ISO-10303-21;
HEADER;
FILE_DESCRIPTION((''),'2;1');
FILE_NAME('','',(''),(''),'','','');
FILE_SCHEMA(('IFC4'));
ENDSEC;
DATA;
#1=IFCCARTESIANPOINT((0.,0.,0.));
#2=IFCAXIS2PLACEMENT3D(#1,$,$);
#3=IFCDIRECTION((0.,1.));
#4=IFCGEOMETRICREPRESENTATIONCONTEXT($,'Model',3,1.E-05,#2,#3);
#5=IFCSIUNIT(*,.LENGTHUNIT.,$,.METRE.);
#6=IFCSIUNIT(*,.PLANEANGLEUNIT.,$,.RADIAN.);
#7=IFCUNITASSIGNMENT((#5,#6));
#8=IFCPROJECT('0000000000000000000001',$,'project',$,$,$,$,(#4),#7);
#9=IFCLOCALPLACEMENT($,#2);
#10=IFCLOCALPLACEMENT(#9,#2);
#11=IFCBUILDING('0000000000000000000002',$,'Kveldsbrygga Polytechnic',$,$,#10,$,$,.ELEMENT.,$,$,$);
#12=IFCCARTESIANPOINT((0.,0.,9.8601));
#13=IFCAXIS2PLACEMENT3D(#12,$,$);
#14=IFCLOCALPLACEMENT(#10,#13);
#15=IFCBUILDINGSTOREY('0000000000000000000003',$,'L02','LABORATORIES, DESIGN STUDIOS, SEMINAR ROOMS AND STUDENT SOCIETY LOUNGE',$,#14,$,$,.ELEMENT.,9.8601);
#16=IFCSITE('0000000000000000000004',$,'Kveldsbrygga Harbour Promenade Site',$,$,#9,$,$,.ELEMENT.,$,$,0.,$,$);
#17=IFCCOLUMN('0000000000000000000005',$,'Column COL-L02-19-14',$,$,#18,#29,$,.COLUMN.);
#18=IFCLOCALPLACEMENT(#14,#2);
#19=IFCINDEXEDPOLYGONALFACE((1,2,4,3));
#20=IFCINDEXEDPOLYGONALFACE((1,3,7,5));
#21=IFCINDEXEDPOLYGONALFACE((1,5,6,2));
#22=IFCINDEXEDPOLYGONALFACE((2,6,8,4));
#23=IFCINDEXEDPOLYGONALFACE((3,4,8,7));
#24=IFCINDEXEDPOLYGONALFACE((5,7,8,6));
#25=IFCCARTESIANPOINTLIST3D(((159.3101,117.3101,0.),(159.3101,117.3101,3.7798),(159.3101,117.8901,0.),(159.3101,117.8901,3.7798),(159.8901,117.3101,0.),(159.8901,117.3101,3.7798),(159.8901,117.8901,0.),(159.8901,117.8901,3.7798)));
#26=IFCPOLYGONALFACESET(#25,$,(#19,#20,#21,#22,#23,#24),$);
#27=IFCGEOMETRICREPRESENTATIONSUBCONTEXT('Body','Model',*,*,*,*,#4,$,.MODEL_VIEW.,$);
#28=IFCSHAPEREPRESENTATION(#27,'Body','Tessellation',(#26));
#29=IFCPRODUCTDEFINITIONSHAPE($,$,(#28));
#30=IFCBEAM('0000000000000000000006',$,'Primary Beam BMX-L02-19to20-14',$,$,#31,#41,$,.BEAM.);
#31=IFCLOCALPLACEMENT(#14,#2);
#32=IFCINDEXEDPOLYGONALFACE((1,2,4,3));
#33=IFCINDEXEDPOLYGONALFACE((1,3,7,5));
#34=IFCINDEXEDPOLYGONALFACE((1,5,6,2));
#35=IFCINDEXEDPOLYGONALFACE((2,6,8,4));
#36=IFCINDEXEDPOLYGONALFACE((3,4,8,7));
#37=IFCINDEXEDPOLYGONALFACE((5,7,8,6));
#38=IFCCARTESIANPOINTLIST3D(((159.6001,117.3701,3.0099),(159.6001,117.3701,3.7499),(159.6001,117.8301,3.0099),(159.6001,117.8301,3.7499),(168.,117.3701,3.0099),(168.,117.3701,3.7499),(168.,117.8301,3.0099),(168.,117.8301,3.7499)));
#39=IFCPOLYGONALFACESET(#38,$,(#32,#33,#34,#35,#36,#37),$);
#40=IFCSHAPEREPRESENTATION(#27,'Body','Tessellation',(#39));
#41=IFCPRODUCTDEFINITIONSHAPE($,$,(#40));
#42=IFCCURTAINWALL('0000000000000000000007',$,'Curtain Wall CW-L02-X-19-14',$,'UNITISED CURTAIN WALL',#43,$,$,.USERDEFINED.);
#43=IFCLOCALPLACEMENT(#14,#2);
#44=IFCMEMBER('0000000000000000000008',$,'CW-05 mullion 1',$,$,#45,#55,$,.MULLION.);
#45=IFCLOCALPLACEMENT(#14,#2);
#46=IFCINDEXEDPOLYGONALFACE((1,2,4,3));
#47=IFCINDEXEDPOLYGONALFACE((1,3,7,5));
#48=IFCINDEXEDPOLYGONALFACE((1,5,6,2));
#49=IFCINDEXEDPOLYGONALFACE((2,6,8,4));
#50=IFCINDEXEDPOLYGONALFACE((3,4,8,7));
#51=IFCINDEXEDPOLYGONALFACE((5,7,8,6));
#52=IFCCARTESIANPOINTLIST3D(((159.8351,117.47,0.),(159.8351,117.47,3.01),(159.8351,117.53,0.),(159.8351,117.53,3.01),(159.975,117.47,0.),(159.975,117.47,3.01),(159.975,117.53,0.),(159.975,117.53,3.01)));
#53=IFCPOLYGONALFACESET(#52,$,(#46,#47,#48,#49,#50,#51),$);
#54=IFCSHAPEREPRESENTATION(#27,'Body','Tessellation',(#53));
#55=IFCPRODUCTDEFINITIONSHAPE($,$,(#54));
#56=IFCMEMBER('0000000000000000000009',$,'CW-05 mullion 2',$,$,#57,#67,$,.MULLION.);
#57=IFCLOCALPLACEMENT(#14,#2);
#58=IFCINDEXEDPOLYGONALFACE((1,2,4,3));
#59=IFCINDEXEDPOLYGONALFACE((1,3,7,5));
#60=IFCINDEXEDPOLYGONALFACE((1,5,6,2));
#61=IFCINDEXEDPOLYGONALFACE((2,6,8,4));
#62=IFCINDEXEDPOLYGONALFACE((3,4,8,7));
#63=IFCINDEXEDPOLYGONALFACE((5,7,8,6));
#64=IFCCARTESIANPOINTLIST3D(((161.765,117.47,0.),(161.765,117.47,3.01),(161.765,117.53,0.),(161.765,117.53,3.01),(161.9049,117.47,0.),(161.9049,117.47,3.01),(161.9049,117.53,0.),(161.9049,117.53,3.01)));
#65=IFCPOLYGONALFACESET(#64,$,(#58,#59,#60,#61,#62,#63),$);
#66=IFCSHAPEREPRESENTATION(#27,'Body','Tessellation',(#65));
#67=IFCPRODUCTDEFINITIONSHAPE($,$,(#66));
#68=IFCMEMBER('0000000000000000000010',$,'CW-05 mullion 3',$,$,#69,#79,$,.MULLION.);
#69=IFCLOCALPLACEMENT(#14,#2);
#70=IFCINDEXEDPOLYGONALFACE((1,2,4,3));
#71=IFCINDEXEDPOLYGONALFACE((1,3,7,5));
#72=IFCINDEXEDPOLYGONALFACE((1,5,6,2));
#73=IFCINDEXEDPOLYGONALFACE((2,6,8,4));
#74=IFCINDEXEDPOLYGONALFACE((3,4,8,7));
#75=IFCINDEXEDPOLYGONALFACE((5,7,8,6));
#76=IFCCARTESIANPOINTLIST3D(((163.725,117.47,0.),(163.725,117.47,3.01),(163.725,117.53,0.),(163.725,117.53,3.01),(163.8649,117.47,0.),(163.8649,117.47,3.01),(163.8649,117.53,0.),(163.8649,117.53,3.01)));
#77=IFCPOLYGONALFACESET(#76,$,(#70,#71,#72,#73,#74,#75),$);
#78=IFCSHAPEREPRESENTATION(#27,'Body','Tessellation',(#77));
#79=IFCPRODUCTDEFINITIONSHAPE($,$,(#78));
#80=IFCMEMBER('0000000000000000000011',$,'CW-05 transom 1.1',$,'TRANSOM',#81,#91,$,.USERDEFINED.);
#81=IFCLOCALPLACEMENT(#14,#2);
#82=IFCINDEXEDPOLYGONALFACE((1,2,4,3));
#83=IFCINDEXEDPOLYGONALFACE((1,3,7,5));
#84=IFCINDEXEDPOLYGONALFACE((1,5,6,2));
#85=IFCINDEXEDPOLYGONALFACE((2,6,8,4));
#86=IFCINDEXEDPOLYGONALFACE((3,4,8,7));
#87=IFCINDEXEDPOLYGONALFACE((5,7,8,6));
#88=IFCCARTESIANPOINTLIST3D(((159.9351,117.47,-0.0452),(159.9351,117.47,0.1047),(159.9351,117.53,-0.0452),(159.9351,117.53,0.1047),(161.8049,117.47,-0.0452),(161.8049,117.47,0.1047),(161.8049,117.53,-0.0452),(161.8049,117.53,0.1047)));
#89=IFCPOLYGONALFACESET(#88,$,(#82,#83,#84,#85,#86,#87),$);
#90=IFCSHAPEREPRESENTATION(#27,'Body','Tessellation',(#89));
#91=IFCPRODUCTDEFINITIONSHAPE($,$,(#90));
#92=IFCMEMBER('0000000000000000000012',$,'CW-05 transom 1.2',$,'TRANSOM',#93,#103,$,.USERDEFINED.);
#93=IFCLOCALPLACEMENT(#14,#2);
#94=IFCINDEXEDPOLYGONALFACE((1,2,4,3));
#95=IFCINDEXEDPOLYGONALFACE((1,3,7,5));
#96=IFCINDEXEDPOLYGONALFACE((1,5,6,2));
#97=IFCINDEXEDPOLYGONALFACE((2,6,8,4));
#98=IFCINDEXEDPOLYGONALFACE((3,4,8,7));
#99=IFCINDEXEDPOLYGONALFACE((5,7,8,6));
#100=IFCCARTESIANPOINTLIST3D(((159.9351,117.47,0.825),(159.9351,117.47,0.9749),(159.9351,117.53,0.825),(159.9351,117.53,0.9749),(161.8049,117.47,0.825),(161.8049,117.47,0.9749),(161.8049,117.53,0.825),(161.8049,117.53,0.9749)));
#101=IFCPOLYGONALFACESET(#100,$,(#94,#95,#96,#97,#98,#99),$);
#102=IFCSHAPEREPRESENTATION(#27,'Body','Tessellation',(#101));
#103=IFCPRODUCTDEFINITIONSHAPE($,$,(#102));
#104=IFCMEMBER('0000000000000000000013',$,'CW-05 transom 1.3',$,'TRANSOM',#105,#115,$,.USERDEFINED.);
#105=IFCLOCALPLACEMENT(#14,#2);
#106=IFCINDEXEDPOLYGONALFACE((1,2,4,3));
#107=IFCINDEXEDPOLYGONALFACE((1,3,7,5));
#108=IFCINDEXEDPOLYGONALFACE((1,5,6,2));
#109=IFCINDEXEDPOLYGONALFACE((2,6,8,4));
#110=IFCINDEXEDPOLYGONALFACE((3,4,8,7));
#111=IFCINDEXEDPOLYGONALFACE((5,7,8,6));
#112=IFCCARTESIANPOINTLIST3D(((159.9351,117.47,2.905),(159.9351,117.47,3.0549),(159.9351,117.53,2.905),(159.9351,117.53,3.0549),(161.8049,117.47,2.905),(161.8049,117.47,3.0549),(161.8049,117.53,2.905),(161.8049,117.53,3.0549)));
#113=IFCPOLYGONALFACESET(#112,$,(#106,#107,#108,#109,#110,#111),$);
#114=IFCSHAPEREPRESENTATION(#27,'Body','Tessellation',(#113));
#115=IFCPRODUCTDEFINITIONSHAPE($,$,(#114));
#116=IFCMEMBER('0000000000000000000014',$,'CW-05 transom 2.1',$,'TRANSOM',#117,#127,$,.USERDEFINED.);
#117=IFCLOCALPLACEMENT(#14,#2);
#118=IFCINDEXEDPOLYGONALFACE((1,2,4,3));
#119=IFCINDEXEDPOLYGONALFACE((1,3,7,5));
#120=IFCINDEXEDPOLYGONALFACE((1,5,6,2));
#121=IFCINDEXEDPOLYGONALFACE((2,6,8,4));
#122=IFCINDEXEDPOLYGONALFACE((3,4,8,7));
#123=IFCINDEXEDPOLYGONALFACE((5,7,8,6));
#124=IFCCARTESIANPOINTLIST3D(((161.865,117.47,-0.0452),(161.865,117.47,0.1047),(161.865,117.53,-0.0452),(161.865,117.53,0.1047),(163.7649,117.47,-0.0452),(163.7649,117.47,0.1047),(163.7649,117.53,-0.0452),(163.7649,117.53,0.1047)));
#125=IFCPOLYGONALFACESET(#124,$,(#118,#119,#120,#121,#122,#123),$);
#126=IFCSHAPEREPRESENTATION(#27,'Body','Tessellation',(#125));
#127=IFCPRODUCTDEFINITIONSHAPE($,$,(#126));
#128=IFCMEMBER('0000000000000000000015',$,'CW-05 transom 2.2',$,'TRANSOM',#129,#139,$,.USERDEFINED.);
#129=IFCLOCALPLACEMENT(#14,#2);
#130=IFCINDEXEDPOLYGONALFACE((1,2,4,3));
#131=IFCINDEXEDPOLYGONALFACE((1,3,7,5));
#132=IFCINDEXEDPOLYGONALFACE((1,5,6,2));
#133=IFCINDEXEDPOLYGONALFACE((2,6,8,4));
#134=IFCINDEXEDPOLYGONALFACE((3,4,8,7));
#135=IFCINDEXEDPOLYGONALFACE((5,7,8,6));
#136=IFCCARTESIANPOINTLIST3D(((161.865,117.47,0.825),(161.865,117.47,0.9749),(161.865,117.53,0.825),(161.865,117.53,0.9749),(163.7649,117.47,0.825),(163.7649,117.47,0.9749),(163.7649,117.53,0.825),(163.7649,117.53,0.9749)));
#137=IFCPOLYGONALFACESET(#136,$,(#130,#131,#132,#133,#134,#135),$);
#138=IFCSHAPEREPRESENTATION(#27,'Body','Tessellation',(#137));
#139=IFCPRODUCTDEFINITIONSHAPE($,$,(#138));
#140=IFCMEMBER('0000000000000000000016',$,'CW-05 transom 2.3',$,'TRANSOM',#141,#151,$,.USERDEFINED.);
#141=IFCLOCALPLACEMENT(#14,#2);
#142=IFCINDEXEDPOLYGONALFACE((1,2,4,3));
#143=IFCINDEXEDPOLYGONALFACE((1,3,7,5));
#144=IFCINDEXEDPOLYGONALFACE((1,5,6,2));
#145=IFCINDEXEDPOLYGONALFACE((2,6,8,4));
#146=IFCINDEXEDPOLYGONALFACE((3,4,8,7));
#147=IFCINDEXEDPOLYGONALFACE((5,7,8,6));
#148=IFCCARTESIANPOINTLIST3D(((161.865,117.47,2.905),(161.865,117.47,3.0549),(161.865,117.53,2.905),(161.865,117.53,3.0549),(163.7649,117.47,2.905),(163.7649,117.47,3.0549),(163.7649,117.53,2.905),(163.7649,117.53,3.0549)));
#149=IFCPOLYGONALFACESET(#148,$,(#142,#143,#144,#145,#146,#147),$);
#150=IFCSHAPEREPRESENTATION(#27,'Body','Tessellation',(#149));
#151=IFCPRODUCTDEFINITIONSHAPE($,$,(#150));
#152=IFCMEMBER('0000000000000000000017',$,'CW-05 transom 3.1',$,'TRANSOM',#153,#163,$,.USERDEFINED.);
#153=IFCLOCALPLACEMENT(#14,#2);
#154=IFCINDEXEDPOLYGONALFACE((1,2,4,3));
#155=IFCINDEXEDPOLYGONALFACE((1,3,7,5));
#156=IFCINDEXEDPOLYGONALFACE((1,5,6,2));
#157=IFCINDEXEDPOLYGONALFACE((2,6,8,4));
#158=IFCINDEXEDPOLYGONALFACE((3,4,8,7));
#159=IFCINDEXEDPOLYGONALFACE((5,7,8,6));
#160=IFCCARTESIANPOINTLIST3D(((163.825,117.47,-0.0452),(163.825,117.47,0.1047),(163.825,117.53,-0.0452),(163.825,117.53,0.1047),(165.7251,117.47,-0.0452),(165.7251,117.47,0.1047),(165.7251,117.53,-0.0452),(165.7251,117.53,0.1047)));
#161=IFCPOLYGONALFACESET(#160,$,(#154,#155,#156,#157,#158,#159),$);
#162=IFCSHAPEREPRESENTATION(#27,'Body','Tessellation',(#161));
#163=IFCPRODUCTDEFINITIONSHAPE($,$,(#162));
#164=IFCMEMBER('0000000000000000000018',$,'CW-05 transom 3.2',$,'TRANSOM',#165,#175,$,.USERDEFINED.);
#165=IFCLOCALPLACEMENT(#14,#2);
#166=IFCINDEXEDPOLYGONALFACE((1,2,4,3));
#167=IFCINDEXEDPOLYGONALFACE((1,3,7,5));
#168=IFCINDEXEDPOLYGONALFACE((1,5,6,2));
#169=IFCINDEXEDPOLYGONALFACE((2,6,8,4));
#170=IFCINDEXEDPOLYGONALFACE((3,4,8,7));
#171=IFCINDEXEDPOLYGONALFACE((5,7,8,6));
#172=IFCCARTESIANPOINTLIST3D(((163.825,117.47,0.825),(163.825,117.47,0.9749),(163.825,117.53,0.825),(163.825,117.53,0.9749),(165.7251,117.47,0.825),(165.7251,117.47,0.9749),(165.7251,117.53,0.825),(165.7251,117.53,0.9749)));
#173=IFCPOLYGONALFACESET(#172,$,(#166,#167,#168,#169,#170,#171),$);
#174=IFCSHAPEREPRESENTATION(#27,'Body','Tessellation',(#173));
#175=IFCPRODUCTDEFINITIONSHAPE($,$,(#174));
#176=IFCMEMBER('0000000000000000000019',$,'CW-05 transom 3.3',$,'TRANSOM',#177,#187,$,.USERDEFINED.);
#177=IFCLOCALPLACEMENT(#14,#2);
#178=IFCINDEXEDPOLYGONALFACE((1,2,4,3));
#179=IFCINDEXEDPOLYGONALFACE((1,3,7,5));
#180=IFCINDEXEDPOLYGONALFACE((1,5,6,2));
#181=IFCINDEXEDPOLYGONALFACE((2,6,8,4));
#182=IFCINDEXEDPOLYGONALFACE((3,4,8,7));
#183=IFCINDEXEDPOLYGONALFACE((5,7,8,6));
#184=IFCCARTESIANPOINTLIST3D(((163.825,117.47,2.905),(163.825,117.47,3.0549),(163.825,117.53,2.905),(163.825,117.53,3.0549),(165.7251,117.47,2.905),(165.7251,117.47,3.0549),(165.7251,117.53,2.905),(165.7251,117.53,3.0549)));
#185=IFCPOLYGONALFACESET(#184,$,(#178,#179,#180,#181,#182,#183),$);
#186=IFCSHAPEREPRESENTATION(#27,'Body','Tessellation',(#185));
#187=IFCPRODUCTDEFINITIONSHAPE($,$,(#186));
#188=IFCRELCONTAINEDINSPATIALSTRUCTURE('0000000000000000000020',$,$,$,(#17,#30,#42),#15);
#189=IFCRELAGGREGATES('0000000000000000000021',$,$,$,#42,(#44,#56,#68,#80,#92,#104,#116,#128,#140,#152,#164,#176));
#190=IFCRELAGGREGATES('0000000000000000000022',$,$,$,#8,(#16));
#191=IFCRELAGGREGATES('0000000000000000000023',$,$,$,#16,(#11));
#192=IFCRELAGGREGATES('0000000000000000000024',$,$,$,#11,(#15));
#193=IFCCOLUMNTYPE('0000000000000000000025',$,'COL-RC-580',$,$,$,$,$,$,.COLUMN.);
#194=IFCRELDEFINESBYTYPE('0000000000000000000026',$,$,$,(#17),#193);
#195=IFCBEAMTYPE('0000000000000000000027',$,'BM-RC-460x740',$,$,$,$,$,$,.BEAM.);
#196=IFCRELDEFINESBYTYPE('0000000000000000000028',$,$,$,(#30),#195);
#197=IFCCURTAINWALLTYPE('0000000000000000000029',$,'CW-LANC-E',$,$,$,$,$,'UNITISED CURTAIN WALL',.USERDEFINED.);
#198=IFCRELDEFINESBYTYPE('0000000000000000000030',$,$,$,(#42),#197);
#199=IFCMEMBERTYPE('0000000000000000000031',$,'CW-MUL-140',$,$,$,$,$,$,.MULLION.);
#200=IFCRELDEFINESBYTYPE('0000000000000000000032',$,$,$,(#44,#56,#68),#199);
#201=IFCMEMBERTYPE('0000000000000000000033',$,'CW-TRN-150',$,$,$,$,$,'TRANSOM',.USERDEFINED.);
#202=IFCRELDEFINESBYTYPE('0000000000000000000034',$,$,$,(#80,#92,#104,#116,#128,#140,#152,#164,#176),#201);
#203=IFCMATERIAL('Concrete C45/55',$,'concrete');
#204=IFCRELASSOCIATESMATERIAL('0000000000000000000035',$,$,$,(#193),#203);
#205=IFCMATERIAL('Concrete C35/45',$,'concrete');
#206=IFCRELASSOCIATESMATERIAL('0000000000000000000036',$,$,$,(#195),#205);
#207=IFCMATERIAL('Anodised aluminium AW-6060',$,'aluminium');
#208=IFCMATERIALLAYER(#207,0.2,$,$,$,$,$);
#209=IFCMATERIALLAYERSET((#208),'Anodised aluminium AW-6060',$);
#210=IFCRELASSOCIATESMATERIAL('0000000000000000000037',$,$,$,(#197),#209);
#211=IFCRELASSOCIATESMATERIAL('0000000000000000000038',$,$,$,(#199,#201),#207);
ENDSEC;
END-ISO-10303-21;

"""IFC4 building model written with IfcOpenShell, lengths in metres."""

from ifc_helpers import new_model, si_unit, direction, frame, origin, origin_2d, place, context, subcontext, project, spatial, rectangle, extrude, material, layer, layer_set, material_profile, profile_set, type_object, element, aggregate, save


model = new_model("IFC4")

# Units and contexts
model_context = context("Model", 3, precision=1e-05, world=origin(), true_north=direction((0.0, 1.0)))
body_context = subcontext(model_context, "Body", "Model", "MODEL_VIEW")
ifc_project = project(units=[si_unit("LENGTHUNIT", "METRE"), si_unit("PLANEANGLEUNIT", "RADIAN")], contexts=[model_context])

# Site, building, storey
site_placement = place(None, origin())
site = spatial("IfcSite", under=ifc_project, at=site_placement, Name="Kveldsbrygga Harbour Promenade Site", CompositionType="ELEMENT", RefElevation=0.0)
building_placement = place(site_placement, origin())
building = spatial("IfcBuilding", under=site, at=building_placement, Name="Kveldsbrygga Polytechnic", CompositionType="ELEMENT")
storey_placement = place(building_placement, frame((0.0, 0.0, 9.8601)))
storey = spatial("IfcBuildingStorey", under=building, at=storey_placement, Name="L02", Description="LABORATORIES, DESIGN STUDIOS, SEMINAR ROOMS AND STUDENT SOCIETY LOUNGE", CompositionType="ELEMENT", Elevation=9.8601)

# Column
ifc_material_1 = material(Name="Concrete C45/55", Category="concrete")
ifc_material_profile_1 = material_profile(ifc_material_1, rectangle(XDim=0.5801, YDim=0.5801, at=origin_2d()), Name="RC 580x580")
ifc_profile_set_1 = profile_set([ifc_material_profile_1], Name="Concrete C45/55")
column_type = type_object("IfcColumnType", Name="COL-RC-580", PredefinedType="COLUMN", material=ifc_profile_set_1)
column_placement = place(storey_placement, frame((159.6001, 117.6001, 0.0), z_axis=(0.0, 0.0, 1.0), x_axis=(1.0, 0.0, 0.0)))
element("IfcColumn", 1, at=column_placement, inside=storey, type_object=column_type, Name="Column COL-L02-19-14", PredefinedType="COLUMN", context=body_context, shape_type="SweptSolid", body=[
    extrude(rectangle(XDim=0.5801, YDim=0.5801, at=origin_2d()), origin(), (0.0, 0.0, 1.0), 3.7798),
])

# Beam
ifc_material_2 = material(Name="Concrete C35/45", Category="concrete")
ifc_material_profile_2 = material_profile(ifc_material_2, rectangle(XDim=0.46, YDim=0.74, at=origin_2d()), Name="RC 460x740")
ifc_profile_set_2 = profile_set([ifc_material_profile_2], Name="Concrete C35/45")
beam_type_1 = type_object("IfcBeamType", Name="BM-RC-460x740", PredefinedType="BEAM", material=ifc_profile_set_2)
beam_1_placement = place(storey_placement, frame((159.6001, 117.6001, 3.3799), z_axis=(1.0, 0.0, 0.0), x_axis=(0.0, 1.0, 0.0)))
element("IfcBeam", 2, at=beam_1_placement, inside=storey, type_object=beam_type_1, Name="Primary Beam BMX-L02-19to20-14", PredefinedType="BEAM", context=body_context, shape_type="SweptSolid", body=[
    extrude(rectangle(XDim=0.46, YDim=0.74, at=origin_2d()), origin(), (0.0, 0.0, 1.0), 8.3999),
])

# Curtain wall, members
ifc_material_3 = material(Name="Anodised aluminium AW-6060", Category="aluminium")
ifc_layer_1 = layer(ifc_material_3, 0.2)
ifc_layer_set_1 = layer_set([ifc_layer_1], Name="Anodised aluminium AW-6060")
curtain_wall_type = type_object("IfcCurtainWallType", Name="CW-LANC-E", ElementType="UNITISED CURTAIN WALL", PredefinedType="USERDEFINED", material=ifc_layer_set_1)
curtain_wall_placement = place(storey_placement, origin())
curtain_wall = element("IfcCurtainWall", 3, at=curtain_wall_placement, inside=storey, type_object=curtain_wall_type, Name="Curtain Wall CW-L02-X-19-14", ObjectType="UNITISED CURTAIN WALL", PredefinedType="USERDEFINED")
ifc_material_profile_3 = material_profile(ifc_material_3, rectangle(XDim=0.0601, YDim=0.1399, at=origin_2d()), Name="ALU 60x140")
ifc_profile_set_3 = profile_set([ifc_material_profile_3], Name="Anodised aluminium AW-6060")
member_type_1 = type_object("IfcMemberType", Name="CW-MUL-140", PredefinedType="MULLION", material=ifc_profile_set_3)
member_1_placement = place(storey_placement, frame((159.905, 117.5, 0.0), z_axis=(0.0, 0.0, 1.0), x_axis=(0.0, 1.0, 0.0)))
member_1 = element("IfcMember", 4, at=member_1_placement, type_object=member_type_1, Name="CW-05 mullion 1", PredefinedType="MULLION", context=body_context, shape_type="SweptSolid", body=[
    extrude(rectangle(XDim=0.0601, YDim=0.1399, at=origin_2d()), origin(), (0.0, 0.0, 1.0), 3.01),
])
member_2_placement = place(storey_placement, frame((161.835, 117.5, 0.0), z_axis=(0.0, 0.0, 1.0), x_axis=(0.0, 1.0, 0.0)))
member_2 = element("IfcMember", 5, at=member_2_placement, type_object=member_type_1, Name="CW-05 mullion 2", PredefinedType="MULLION", context=body_context, shape_type="SweptSolid", body=[
    extrude(rectangle(XDim=0.0601, YDim=0.1399, at=origin_2d()), origin(), (0.0, 0.0, 1.0), 3.01),
])
member_3_placement = place(storey_placement, frame((163.7949, 117.5, 0.0), z_axis=(0.0, 0.0, 1.0), x_axis=(0.0, 1.0, 0.0)))
member_3 = element("IfcMember", 6, at=member_3_placement, type_object=member_type_1, Name="CW-05 mullion 3", PredefinedType="MULLION", context=body_context, shape_type="SweptSolid", body=[
    extrude(rectangle(XDim=0.0601, YDim=0.1399, at=origin_2d()), origin(), (0.0, 0.0, 1.0), 3.01),
])
ifc_material_profile_4 = material_profile(ifc_material_3, rectangle(XDim=0.0601, YDim=0.1499, at=origin_2d()), Name="ALU 60x150")
ifc_profile_set_4 = profile_set([ifc_material_profile_4], Name="Anodised aluminium AW-6060")
member_type_2 = type_object("IfcMemberType", Name="CW-TRN-150", ElementType="TRANSOM", PredefinedType="USERDEFINED", material=ifc_profile_set_4)
member_4_placement = place(storey_placement, frame((159.9351, 117.5, 0.0298), z_axis=(1.0, 0.0, 0.0), x_axis=(0.0, 1.0, 0.0)))
member_4 = element("IfcMember", 7, at=member_4_placement, type_object=member_type_2, Name="CW-05 transom 1.1", ObjectType="TRANSOM", PredefinedType="USERDEFINED", context=body_context, shape_type="SweptSolid", body=[
    extrude(rectangle(XDim=0.0601, YDim=0.1499, at=origin_2d()), origin(), (0.0, 0.0, 1.0), 1.8699),
])
member_5_placement = place(storey_placement, frame((159.9351, 117.5, 0.8999), z_axis=(1.0, 0.0, 0.0), x_axis=(0.0, 1.0, 0.0)))
member_5 = element("IfcMember", 8, at=member_5_placement, type_object=member_type_2, Name="CW-05 transom 1.2", ObjectType="TRANSOM", PredefinedType="USERDEFINED", context=body_context, shape_type="SweptSolid", body=[
    extrude(rectangle(XDim=0.0601, YDim=0.1499, at=origin_2d()), origin(), (0.0, 0.0, 1.0), 1.8699),
])
member_6_placement = place(storey_placement, frame((159.9351, 117.5, 2.98), z_axis=(1.0, 0.0, 0.0), x_axis=(0.0, 1.0, 0.0)))
member_6 = element("IfcMember", 9, at=member_6_placement, type_object=member_type_2, Name="CW-05 transom 1.3", ObjectType="TRANSOM", PredefinedType="USERDEFINED", context=body_context, shape_type="SweptSolid", body=[
    extrude(rectangle(XDim=0.0601, YDim=0.1499, at=origin_2d()), origin(), (0.0, 0.0, 1.0), 1.8699),
])
member_7_placement = place(storey_placement, frame((161.865, 117.5, 0.0298), z_axis=(1.0, 0.0, 0.0), x_axis=(0.0, 1.0, 0.0)))
member_7 = element("IfcMember", 10, at=member_7_placement, type_object=member_type_2, Name="CW-05 transom 2.1", ObjectType="TRANSOM", PredefinedType="USERDEFINED", context=body_context, shape_type="SweptSolid", body=[
    extrude(rectangle(XDim=0.0601, YDim=0.1499, at=origin_2d()), origin(), (0.0, 0.0, 1.0), 1.8999),
])
member_8_placement = place(storey_placement, frame((161.865, 117.5, 0.8999), z_axis=(1.0, 0.0, 0.0), x_axis=(0.0, 1.0, 0.0)))
member_8 = element("IfcMember", 11, at=member_8_placement, type_object=member_type_2, Name="CW-05 transom 2.2", ObjectType="TRANSOM", PredefinedType="USERDEFINED", context=body_context, shape_type="SweptSolid", body=[
    extrude(rectangle(XDim=0.0601, YDim=0.1499, at=origin_2d()), origin(), (0.0, 0.0, 1.0), 1.8999),
])
member_9_placement = place(storey_placement, frame((161.865, 117.5, 2.98), z_axis=(1.0, 0.0, 0.0), x_axis=(0.0, 1.0, 0.0)))
member_9 = element("IfcMember", 12, at=member_9_placement, type_object=member_type_2, Name="CW-05 transom 2.3", ObjectType="TRANSOM", PredefinedType="USERDEFINED", context=body_context, shape_type="SweptSolid", body=[
    extrude(rectangle(XDim=0.0601, YDim=0.1499, at=origin_2d()), origin(), (0.0, 0.0, 1.0), 1.8999),
])
member_10_placement = place(storey_placement, frame((163.825, 117.5, 0.0298), z_axis=(1.0, 0.0, 0.0), x_axis=(0.0, 1.0, 0.0)))
member_10 = element("IfcMember", 13, at=member_10_placement, type_object=member_type_2, Name="CW-05 transom 3.1", ObjectType="TRANSOM", PredefinedType="USERDEFINED", context=body_context, shape_type="SweptSolid", body=[
    extrude(rectangle(XDim=0.0601, YDim=0.1499, at=origin_2d()), origin(), (0.0, 0.0, 1.0), 1.9001),
])
member_11_placement = place(storey_placement, frame((163.825, 117.5, 0.8999), z_axis=(1.0, 0.0, 0.0), x_axis=(0.0, 1.0, 0.0)))
member_11 = element("IfcMember", 14, at=member_11_placement, type_object=member_type_2, Name="CW-05 transom 3.2", ObjectType="TRANSOM", PredefinedType="USERDEFINED", context=body_context, shape_type="SweptSolid", body=[
    extrude(rectangle(XDim=0.0601, YDim=0.1499, at=origin_2d()), origin(), (0.0, 0.0, 1.0), 1.9001),
])
member_12_placement = place(storey_placement, frame((163.825, 117.5, 2.98), z_axis=(1.0, 0.0, 0.0), x_axis=(0.0, 1.0, 0.0)))
member_12 = element("IfcMember", 15, at=member_12_placement, type_object=member_type_2, Name="CW-05 transom 3.3", ObjectType="TRANSOM", PredefinedType="USERDEFINED", context=body_context, shape_type="SweptSolid", body=[
    extrude(rectangle(XDim=0.0601, YDim=0.1499, at=origin_2d()), origin(), (0.0, 0.0, 1.0), 1.9001),
])

aggregate(curtain_wall, [member_1, member_2, member_3, member_4, member_5, member_6, member_7, member_8, member_9, member_10, member_11, member_12])

save(model, "model.ifc")
